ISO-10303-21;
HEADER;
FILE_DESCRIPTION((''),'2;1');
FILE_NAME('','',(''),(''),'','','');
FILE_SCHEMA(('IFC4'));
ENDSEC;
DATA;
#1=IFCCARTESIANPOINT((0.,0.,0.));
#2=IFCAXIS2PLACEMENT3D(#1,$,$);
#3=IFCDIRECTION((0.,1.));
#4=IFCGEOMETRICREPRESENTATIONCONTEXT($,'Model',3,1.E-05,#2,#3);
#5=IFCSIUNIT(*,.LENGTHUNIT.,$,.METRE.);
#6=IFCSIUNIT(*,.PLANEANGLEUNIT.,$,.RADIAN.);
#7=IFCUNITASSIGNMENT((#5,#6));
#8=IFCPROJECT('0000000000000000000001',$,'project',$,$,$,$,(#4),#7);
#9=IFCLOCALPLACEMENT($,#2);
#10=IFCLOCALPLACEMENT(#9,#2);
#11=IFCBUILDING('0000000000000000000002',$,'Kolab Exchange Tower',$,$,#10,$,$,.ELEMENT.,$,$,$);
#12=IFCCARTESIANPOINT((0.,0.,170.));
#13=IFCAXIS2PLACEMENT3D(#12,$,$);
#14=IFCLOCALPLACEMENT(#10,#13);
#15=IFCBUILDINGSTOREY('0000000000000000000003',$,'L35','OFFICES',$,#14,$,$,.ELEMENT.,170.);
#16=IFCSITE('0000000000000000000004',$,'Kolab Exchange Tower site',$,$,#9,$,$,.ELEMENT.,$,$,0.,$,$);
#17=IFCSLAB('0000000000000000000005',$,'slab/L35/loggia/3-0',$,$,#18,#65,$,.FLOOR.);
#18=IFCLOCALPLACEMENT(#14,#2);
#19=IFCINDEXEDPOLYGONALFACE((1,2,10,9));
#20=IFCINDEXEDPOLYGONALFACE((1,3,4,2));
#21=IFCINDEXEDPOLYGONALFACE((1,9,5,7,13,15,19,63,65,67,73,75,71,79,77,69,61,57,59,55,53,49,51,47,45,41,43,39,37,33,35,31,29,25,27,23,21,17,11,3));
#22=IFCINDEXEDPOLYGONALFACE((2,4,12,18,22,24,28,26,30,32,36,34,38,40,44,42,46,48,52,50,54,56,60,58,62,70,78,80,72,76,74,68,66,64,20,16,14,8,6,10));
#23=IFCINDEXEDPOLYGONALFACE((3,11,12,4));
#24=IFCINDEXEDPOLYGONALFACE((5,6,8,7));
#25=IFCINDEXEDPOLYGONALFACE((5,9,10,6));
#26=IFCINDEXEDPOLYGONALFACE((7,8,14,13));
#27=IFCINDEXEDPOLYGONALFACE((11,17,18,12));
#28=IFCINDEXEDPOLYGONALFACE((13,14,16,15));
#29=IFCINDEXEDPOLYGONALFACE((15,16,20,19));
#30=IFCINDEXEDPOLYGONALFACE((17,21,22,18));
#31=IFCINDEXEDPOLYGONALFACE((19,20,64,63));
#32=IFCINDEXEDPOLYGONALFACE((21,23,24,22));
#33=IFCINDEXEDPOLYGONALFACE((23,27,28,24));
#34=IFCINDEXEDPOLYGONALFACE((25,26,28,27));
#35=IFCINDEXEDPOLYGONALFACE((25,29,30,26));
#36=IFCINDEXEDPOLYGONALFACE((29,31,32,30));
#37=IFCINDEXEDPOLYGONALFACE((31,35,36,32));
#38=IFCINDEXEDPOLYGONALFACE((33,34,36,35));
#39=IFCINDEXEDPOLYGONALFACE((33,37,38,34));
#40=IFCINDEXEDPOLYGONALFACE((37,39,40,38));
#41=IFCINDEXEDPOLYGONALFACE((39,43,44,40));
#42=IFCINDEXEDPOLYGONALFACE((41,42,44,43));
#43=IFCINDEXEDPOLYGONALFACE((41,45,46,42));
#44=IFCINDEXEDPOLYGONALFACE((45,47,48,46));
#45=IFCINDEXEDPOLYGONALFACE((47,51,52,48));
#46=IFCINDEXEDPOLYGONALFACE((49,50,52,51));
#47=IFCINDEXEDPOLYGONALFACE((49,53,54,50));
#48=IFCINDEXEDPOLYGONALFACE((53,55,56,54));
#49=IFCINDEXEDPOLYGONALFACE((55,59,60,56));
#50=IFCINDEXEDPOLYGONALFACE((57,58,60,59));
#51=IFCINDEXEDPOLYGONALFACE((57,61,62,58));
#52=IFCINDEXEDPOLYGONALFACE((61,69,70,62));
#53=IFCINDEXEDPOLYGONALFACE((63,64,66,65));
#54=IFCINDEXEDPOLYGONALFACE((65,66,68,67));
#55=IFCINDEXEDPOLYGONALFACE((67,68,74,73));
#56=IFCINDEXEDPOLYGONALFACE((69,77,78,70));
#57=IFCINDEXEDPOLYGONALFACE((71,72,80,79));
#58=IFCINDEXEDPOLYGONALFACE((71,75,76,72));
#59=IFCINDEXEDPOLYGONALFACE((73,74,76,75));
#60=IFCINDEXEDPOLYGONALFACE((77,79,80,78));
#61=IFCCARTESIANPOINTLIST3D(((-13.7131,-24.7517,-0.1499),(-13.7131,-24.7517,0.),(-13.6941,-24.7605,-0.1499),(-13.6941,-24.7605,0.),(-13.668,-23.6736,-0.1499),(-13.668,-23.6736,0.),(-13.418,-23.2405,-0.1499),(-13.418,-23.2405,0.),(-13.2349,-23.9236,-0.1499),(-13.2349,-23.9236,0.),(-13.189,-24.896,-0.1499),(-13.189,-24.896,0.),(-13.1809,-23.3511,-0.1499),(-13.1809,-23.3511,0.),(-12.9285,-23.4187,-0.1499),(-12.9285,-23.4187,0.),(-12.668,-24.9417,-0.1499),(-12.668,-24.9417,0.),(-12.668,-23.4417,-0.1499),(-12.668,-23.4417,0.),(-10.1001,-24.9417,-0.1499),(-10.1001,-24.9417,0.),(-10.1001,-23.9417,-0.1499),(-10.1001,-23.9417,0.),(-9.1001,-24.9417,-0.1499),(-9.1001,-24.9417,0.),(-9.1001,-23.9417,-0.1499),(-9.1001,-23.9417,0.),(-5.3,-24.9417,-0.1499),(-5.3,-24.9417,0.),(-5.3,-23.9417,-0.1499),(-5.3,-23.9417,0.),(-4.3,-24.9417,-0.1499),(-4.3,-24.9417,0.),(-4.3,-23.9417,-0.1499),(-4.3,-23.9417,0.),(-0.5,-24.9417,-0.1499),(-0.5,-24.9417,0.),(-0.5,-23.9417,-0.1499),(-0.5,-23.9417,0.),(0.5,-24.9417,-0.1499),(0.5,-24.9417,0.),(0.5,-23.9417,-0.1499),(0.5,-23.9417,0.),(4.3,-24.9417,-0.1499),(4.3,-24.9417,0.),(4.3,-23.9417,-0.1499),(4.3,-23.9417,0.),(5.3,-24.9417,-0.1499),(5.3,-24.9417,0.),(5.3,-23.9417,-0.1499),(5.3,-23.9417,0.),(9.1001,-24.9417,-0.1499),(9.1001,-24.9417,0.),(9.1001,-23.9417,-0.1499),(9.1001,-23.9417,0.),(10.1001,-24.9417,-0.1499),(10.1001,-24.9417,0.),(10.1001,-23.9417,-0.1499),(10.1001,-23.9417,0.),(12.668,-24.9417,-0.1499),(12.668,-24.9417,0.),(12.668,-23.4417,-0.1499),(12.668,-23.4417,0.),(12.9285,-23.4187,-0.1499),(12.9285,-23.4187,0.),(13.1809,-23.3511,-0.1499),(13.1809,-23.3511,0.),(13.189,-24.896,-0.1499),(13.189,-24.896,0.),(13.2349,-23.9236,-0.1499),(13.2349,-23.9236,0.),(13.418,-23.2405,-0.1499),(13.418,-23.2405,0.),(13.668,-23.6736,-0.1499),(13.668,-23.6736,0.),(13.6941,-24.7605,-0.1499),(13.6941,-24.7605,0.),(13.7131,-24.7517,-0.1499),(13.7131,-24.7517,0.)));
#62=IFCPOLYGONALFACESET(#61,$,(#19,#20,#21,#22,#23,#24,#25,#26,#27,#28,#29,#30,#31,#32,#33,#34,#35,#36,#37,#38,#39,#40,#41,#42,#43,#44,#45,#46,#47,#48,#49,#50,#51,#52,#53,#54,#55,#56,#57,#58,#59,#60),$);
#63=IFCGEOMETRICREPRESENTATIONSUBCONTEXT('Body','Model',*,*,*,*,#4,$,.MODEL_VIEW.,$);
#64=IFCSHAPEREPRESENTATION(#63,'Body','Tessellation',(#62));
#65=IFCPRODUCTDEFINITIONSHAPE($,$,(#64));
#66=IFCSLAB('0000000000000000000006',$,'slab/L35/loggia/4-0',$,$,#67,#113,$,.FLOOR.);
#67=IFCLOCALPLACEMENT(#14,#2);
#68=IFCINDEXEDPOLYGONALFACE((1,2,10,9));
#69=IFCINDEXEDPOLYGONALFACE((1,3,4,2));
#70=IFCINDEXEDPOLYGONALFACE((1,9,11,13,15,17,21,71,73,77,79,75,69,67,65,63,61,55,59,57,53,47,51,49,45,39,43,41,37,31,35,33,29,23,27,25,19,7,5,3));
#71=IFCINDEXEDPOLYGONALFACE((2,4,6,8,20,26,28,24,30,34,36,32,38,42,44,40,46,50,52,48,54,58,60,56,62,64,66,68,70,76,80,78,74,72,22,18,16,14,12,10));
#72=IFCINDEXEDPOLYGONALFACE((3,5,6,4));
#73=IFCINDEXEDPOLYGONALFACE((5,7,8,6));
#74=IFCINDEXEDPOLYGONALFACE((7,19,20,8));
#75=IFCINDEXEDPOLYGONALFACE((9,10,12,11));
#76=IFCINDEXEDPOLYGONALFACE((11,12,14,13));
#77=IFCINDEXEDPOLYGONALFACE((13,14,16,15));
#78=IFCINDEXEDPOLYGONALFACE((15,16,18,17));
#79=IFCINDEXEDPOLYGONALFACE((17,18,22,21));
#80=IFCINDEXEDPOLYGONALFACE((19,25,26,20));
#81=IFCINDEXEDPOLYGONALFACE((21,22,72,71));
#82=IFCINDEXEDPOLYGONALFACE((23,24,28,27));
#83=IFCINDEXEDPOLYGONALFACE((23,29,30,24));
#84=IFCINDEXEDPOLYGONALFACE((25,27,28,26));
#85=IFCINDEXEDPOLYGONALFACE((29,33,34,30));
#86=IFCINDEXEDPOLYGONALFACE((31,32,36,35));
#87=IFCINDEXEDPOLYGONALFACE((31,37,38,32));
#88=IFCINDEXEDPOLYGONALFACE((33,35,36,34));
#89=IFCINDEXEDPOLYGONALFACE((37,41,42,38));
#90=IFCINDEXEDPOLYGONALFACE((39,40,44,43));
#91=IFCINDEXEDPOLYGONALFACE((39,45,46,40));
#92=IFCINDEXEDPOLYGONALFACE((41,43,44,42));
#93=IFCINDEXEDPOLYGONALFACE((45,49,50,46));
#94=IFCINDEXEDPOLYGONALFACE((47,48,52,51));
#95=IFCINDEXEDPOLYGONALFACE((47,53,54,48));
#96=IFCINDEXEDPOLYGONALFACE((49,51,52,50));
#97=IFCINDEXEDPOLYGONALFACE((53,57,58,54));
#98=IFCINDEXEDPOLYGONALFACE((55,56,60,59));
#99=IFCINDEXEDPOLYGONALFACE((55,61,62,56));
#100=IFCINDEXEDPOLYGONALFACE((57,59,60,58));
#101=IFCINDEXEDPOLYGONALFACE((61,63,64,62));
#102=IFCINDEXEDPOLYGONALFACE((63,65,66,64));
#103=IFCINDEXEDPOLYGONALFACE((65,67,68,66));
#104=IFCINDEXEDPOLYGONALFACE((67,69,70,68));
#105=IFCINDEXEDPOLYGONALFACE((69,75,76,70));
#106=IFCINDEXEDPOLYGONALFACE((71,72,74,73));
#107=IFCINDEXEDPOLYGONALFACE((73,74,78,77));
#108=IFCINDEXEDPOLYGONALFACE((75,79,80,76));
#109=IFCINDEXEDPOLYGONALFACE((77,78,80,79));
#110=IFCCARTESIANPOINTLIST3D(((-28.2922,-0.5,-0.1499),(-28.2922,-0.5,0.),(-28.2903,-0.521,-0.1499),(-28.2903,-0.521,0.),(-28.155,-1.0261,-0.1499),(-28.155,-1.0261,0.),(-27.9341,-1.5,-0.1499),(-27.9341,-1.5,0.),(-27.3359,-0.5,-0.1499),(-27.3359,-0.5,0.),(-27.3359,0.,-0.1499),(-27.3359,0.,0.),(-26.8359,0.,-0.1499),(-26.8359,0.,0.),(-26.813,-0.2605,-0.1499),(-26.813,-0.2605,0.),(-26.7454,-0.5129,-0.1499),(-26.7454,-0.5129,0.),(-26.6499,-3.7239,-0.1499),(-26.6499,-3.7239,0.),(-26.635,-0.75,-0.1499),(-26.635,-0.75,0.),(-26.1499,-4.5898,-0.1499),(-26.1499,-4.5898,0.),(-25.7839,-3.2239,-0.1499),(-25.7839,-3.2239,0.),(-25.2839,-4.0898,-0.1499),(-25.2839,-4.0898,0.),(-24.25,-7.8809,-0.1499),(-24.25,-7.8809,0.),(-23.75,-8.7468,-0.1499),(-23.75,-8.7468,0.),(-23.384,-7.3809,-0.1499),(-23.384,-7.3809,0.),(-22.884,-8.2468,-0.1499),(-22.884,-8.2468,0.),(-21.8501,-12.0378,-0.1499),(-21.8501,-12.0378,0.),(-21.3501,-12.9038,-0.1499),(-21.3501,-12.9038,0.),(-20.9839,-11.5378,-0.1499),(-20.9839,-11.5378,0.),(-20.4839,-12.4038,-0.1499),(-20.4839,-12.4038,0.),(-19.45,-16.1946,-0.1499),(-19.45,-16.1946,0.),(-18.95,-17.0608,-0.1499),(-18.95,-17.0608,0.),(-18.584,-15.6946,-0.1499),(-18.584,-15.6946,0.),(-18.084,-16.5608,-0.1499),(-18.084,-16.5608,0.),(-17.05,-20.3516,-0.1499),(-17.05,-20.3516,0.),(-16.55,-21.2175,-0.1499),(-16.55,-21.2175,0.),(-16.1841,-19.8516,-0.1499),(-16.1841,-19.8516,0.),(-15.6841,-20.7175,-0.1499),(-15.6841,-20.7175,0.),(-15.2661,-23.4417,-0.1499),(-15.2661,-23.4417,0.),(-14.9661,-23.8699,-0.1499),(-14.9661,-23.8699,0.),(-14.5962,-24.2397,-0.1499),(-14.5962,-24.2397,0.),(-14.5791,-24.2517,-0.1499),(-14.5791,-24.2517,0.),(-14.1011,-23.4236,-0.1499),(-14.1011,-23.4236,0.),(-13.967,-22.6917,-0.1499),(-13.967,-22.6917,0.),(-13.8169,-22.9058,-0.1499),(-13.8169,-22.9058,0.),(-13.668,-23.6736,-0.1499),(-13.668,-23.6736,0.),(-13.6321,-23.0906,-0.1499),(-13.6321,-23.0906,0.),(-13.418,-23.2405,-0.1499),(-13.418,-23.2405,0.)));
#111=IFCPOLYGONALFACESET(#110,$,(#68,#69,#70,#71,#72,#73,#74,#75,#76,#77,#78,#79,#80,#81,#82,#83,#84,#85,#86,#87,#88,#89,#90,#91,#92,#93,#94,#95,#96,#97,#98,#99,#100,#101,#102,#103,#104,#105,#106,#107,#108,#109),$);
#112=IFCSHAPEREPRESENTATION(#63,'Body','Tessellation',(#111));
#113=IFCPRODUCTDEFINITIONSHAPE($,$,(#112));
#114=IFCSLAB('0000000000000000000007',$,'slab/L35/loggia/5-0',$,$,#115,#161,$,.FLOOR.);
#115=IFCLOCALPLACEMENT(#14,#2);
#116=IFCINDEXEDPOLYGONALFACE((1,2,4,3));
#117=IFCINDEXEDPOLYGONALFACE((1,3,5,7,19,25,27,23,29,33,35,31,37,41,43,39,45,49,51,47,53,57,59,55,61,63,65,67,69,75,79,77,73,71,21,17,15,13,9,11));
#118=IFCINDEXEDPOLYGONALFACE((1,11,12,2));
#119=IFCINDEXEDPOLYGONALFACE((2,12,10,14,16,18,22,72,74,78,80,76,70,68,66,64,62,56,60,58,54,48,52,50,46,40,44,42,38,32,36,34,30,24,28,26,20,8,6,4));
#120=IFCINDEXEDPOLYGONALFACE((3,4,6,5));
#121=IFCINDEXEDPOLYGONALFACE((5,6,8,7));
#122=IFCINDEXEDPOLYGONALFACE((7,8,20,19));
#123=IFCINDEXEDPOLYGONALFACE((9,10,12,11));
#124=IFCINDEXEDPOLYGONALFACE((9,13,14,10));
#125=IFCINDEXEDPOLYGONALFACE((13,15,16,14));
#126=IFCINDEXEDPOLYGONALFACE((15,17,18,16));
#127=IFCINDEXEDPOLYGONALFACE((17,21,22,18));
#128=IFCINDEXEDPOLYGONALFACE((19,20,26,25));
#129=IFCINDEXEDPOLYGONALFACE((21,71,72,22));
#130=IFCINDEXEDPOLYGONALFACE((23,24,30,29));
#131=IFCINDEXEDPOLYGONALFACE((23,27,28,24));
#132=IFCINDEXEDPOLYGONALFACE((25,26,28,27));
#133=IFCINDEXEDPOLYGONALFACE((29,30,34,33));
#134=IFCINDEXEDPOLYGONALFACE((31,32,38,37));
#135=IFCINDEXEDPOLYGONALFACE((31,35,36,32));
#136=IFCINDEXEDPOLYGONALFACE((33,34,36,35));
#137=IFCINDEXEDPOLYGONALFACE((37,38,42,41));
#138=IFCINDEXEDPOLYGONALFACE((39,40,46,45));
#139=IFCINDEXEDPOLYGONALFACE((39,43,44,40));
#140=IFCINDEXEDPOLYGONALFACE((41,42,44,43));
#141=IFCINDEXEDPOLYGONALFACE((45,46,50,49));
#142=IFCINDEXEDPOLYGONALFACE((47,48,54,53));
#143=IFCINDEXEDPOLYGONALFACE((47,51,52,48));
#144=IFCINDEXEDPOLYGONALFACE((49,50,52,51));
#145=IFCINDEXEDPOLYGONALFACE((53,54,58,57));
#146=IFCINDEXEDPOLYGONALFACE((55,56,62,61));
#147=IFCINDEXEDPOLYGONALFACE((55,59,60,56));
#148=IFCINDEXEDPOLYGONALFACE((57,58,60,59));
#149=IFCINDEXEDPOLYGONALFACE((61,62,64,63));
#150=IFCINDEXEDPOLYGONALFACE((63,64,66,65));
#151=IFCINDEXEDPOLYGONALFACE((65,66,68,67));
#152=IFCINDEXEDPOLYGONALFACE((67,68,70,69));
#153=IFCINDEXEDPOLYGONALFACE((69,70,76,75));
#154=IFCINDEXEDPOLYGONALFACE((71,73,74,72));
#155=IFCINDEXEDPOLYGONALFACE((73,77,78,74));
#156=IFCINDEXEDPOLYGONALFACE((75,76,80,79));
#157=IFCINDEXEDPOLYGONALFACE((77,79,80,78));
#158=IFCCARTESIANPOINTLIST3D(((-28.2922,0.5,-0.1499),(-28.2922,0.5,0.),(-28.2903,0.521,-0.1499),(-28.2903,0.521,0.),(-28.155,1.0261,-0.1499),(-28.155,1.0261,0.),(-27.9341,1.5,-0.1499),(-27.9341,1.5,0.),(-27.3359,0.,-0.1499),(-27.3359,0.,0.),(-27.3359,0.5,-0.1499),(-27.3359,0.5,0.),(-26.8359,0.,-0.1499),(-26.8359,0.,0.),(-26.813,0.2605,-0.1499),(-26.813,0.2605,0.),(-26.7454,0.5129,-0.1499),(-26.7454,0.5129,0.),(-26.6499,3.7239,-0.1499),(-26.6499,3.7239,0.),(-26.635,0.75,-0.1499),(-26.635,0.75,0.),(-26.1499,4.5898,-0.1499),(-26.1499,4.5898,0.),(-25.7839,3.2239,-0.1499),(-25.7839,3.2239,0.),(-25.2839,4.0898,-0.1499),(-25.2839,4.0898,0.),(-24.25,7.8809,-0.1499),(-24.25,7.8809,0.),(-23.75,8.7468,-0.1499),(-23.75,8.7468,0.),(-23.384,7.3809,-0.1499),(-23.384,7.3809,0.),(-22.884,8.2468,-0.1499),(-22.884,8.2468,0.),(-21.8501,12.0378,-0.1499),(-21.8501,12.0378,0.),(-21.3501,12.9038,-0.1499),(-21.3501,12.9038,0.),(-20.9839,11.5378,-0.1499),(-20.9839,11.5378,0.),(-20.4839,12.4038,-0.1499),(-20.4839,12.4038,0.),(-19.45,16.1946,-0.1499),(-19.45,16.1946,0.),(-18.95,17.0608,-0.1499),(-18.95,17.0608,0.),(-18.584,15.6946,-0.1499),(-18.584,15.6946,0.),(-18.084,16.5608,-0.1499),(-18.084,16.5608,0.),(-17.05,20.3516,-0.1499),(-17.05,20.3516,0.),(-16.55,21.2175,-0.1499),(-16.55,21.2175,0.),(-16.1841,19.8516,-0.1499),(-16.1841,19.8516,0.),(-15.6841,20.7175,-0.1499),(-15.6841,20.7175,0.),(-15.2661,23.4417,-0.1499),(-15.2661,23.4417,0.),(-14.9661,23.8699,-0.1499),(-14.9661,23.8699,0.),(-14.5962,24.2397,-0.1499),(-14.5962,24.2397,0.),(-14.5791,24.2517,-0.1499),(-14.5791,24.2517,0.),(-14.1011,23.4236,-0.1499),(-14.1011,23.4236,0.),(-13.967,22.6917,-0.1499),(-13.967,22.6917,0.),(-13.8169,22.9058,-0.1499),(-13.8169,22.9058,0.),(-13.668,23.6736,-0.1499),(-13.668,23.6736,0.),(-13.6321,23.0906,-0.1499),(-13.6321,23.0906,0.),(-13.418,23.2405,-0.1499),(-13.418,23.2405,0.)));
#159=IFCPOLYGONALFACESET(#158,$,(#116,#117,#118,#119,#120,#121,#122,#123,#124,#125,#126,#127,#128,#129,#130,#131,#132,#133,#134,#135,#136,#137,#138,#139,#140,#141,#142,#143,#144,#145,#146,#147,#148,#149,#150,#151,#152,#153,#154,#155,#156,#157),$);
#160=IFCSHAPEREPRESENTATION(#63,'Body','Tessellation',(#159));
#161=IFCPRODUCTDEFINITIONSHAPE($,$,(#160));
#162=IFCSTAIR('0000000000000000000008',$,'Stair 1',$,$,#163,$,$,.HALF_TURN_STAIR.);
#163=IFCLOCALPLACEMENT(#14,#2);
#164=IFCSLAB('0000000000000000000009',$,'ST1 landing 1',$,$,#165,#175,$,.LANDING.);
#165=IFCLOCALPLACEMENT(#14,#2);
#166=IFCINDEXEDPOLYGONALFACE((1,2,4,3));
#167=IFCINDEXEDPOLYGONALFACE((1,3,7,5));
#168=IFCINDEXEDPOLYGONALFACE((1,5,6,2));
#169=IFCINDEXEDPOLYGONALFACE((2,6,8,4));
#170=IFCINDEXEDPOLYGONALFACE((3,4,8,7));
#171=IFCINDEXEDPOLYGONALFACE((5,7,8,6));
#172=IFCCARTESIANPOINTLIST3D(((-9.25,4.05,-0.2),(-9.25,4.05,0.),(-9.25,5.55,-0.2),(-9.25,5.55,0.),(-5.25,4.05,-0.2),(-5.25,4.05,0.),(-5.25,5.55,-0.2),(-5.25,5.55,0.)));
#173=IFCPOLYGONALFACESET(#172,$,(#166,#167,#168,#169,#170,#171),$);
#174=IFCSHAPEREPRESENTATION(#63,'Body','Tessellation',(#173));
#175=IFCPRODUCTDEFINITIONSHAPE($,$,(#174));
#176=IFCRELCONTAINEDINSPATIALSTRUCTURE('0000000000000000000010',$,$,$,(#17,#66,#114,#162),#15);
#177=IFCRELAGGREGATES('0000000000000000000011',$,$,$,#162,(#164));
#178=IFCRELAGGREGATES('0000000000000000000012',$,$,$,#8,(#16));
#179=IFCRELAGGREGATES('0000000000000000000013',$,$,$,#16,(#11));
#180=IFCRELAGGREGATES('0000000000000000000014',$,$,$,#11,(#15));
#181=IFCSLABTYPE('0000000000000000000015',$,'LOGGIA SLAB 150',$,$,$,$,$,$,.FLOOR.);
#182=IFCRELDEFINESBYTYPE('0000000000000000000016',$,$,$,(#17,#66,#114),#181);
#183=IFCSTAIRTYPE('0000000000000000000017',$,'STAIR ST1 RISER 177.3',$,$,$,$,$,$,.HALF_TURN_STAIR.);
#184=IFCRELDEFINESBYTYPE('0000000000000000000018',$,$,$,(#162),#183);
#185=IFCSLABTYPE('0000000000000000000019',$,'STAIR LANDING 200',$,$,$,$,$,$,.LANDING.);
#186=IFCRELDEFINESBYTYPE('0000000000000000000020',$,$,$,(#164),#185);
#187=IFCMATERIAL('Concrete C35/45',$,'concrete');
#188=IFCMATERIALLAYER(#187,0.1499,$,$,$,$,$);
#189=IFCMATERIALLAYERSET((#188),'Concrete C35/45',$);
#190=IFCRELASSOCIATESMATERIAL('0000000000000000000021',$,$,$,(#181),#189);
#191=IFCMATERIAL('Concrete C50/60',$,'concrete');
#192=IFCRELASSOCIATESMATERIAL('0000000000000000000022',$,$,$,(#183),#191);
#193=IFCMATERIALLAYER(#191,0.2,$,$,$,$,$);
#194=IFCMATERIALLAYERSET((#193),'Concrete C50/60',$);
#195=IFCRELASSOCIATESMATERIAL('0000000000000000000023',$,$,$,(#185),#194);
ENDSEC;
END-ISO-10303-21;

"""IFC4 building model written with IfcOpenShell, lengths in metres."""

from ifc_helpers import new_model, si_unit, direction, frame, origin, place, context, subcontext, project, spatial, polyline, outline, extrude, material, layer, layer_set, type_object, element, aggregate, save


model = new_model("IFC4")

# Units and contexts
model_context = context("Model", 3, precision=1e-05, world=origin(), true_north=direction((0.0, 1.0)))
body_context = subcontext(model_context, "Body", "Model", "MODEL_VIEW")
ifc_project = project(units=[si_unit("LENGTHUNIT", "METRE"), si_unit("PLANEANGLEUNIT", "RADIAN")], contexts=[model_context])

# Site, building, storey
site_placement = place(None, origin())
site = spatial("IfcSite", under=ifc_project, at=site_placement, Name="Kolab Exchange Tower site", CompositionType="ELEMENT", RefElevation=0.0)
building_placement = place(site_placement, origin())
building = spatial("IfcBuilding", under=site, at=building_placement, Name="Kolab Exchange Tower", CompositionType="ELEMENT")
storey_placement = place(building_placement, frame((0.0, 0.0, 170.0)))
storey = spatial("IfcBuildingStorey", under=building, at=storey_placement, Name="L35", Description="OFFICES", CompositionType="ELEMENT", Elevation=170.0)

# Slabs
ifc_material_1 = material(Name="Concrete C35/45", Category="concrete")
ifc_layer_1 = layer(ifc_material_1, 0.1499)
ifc_layer_set_1 = layer_set([ifc_layer_1], Name="Concrete C35/45")
slab_type_1 = type_object("IfcSlabType", Name="LOGGIA SLAB 150", PredefinedType="FLOOR", material=ifc_layer_set_1)
slab_1_placement = place(storey_placement, frame((0.0, 0.0, -0.1499)))
element("IfcSlab", 1, at=slab_1_placement, inside=storey, type_object=slab_type_1, Name="slab/L35/loggia/3-0", PredefinedType="FLOOR", context=body_context, shape_type="SweptSolid", body=[
    extrude(outline(polyline([(-13.418, -23.2405), (-13.668, -23.6736), (-13.2349, -23.9236), (-13.7131, -24.7517), (-13.6941, -24.7605), (-13.189, -24.896), (-12.668, -24.9417), (-10.1001, -24.9417), (-10.1001, -23.9417), (-9.1001, -23.9417), (-9.1001, -24.9417), (-5.3, -24.9417), (-5.3, -23.9417), (-4.3, -23.9417), (-4.3, -24.9417), (-0.5, -24.9417), (-0.5, -23.9417), (0.5, -23.9417), (0.5, -24.9417), (4.3, -24.9417), (4.3, -23.9417), (5.3, -23.9417), (5.3, -24.9417), (9.1001, -24.9417), (9.1001, -23.9417), (10.1001, -23.9417), (10.1001, -24.9417), (12.668, -24.9417), (13.189, -24.896), (13.6941, -24.7605), (13.7131, -24.7517), (13.2349, -23.9236), (13.668, -23.6736), (13.418, -23.2405), (13.1809, -23.3511), (12.9285, -23.4187), (12.668, -23.4417), (-12.668, -23.4417), (-12.9285, -23.4187), (-13.1809, -23.3511), (-13.418, -23.2405)])), origin(), (0.0, 0.0, 1.0), 0.1499),
])
slab_2_placement = place(storey_placement, frame((0.0, 0.0, -0.1499)))
element("IfcSlab", 2, at=slab_2_placement, inside=storey, type_object=slab_type_1, Name="slab/L35/loggia/4-0", PredefinedType="FLOOR", context=body_context, shape_type="SweptSolid", body=[
    extrude(outline(polyline([(-26.8359, 0.0), (-27.3359, 0.0), (-27.3359, -0.5), (-28.2922, -0.5), (-28.2903, -0.521), (-28.155, -1.0261), (-27.9341, -1.5), (-26.6499, -3.7239), (-25.7839, -3.2239), (-25.2839, -4.0898), (-26.1499, -4.5898), (-24.25, -7.8809), (-23.384, -7.3809), (-22.884, -8.2468), (-23.75, -8.7468), (-21.8501, -12.0378), (-20.9839, -11.5378), (-20.4839, -12.4038), (-21.3501, -12.9038), (-19.45, -16.1946), (-18.584, -15.6946), (-18.084, -16.5608), (-18.95, -17.0608), (-17.05, -20.3516), (-16.1841, -19.8516), (-15.6841, -20.7175), (-16.55, -21.2175), (-15.2661, -23.4417), (-14.9661, -23.8699), (-14.5962, -24.2397), (-14.5791, -24.2517), (-14.1011, -23.4236), (-13.668, -23.6736), (-13.418, -23.2405), (-13.6321, -23.0906), (-13.8169, -22.9058), (-13.967, -22.6917), (-26.635, -0.75), (-26.7454, -0.5129), (-26.813, -0.2605), (-26.8359, 0.0)])), origin(), (0.0, 0.0, 1.0), 0.1499),
])
slab_3_placement = place(storey_placement, frame((0.0, 0.0, -0.1499)))
element("IfcSlab", 3, at=slab_3_placement, inside=storey, type_object=slab_type_1, Name="slab/L35/loggia/5-0", PredefinedType="FLOOR", context=body_context, shape_type="SweptSolid", body=[
    extrude(outline(polyline([(-13.418, 23.2405), (-13.668, 23.6736), (-14.1011, 23.4236), (-14.5791, 24.2517), (-14.5962, 24.2397), (-14.9661, 23.8699), (-15.2661, 23.4417), (-16.55, 21.2175), (-15.6841, 20.7175), (-16.1841, 19.8516), (-17.05, 20.3516), (-18.95, 17.0608), (-18.084, 16.5608), (-18.584, 15.6946), (-19.45, 16.1946), (-21.3501, 12.9038), (-20.4839, 12.4038), (-20.9839, 11.5378), (-21.8501, 12.0378), (-23.75, 8.7468), (-22.884, 8.2468), (-23.384, 7.3809), (-24.25, 7.8809), (-26.1499, 4.5898), (-25.2839, 4.0898), (-25.7839, 3.2239), (-26.6499, 3.7239), (-27.9341, 1.5), (-28.155, 1.0261), (-28.2903, 0.521), (-28.2922, 0.5), (-27.3359, 0.5), (-27.3359, 0.0), (-26.8359, 0.0), (-26.813, 0.2605), (-26.7454, 0.5129), (-26.635, 0.75), (-13.967, 22.6917), (-13.8169, 22.9058), (-13.6321, 23.0906), (-13.418, 23.2405)])), origin(), (0.0, 0.0, 1.0), 0.1499),
])

# Stair, slab
ifc_material_2 = material(Name="Concrete C50/60", Category="concrete")
stair_type_1 = type_object("IfcStairType", Name="STAIR ST1 RISER 177.3", PredefinedType="HALF_TURN_STAIR", material=ifc_material_2)
stair_1_placement = place(storey_placement, origin())
stair_1 = element("IfcStair", 4, at=stair_1_placement, inside=storey, type_object=stair_type_1, Name="Stair 1", PredefinedType="HALF_TURN_STAIR")
ifc_layer_2 = layer(ifc_material_2, 0.2)
ifc_layer_set_2 = layer_set([ifc_layer_2], Name="Concrete C50/60")
slab_type_2 = type_object("IfcSlabType", Name="STAIR LANDING 200", PredefinedType="LANDING", material=ifc_layer_set_2)
slab_4_placement = place(storey_placement, frame((0.0, 0.0, -0.2)))
slab_4 = element("IfcSlab", 5, at=slab_4_placement, type_object=slab_type_2, Name="ST1 landing 1", PredefinedType="LANDING", context=body_context, shape_type="SweptSolid", body=[
    extrude(outline(polyline([(-9.25, 4.05), (-5.25, 4.05), (-5.25, 5.55), (-9.25, 5.55), (-9.25, 4.05)])), origin(), (0.0, 0.0, 1.0), 0.2),
])
aggregate(stair_1, [slab_4])

save(model, "model.ifc")
